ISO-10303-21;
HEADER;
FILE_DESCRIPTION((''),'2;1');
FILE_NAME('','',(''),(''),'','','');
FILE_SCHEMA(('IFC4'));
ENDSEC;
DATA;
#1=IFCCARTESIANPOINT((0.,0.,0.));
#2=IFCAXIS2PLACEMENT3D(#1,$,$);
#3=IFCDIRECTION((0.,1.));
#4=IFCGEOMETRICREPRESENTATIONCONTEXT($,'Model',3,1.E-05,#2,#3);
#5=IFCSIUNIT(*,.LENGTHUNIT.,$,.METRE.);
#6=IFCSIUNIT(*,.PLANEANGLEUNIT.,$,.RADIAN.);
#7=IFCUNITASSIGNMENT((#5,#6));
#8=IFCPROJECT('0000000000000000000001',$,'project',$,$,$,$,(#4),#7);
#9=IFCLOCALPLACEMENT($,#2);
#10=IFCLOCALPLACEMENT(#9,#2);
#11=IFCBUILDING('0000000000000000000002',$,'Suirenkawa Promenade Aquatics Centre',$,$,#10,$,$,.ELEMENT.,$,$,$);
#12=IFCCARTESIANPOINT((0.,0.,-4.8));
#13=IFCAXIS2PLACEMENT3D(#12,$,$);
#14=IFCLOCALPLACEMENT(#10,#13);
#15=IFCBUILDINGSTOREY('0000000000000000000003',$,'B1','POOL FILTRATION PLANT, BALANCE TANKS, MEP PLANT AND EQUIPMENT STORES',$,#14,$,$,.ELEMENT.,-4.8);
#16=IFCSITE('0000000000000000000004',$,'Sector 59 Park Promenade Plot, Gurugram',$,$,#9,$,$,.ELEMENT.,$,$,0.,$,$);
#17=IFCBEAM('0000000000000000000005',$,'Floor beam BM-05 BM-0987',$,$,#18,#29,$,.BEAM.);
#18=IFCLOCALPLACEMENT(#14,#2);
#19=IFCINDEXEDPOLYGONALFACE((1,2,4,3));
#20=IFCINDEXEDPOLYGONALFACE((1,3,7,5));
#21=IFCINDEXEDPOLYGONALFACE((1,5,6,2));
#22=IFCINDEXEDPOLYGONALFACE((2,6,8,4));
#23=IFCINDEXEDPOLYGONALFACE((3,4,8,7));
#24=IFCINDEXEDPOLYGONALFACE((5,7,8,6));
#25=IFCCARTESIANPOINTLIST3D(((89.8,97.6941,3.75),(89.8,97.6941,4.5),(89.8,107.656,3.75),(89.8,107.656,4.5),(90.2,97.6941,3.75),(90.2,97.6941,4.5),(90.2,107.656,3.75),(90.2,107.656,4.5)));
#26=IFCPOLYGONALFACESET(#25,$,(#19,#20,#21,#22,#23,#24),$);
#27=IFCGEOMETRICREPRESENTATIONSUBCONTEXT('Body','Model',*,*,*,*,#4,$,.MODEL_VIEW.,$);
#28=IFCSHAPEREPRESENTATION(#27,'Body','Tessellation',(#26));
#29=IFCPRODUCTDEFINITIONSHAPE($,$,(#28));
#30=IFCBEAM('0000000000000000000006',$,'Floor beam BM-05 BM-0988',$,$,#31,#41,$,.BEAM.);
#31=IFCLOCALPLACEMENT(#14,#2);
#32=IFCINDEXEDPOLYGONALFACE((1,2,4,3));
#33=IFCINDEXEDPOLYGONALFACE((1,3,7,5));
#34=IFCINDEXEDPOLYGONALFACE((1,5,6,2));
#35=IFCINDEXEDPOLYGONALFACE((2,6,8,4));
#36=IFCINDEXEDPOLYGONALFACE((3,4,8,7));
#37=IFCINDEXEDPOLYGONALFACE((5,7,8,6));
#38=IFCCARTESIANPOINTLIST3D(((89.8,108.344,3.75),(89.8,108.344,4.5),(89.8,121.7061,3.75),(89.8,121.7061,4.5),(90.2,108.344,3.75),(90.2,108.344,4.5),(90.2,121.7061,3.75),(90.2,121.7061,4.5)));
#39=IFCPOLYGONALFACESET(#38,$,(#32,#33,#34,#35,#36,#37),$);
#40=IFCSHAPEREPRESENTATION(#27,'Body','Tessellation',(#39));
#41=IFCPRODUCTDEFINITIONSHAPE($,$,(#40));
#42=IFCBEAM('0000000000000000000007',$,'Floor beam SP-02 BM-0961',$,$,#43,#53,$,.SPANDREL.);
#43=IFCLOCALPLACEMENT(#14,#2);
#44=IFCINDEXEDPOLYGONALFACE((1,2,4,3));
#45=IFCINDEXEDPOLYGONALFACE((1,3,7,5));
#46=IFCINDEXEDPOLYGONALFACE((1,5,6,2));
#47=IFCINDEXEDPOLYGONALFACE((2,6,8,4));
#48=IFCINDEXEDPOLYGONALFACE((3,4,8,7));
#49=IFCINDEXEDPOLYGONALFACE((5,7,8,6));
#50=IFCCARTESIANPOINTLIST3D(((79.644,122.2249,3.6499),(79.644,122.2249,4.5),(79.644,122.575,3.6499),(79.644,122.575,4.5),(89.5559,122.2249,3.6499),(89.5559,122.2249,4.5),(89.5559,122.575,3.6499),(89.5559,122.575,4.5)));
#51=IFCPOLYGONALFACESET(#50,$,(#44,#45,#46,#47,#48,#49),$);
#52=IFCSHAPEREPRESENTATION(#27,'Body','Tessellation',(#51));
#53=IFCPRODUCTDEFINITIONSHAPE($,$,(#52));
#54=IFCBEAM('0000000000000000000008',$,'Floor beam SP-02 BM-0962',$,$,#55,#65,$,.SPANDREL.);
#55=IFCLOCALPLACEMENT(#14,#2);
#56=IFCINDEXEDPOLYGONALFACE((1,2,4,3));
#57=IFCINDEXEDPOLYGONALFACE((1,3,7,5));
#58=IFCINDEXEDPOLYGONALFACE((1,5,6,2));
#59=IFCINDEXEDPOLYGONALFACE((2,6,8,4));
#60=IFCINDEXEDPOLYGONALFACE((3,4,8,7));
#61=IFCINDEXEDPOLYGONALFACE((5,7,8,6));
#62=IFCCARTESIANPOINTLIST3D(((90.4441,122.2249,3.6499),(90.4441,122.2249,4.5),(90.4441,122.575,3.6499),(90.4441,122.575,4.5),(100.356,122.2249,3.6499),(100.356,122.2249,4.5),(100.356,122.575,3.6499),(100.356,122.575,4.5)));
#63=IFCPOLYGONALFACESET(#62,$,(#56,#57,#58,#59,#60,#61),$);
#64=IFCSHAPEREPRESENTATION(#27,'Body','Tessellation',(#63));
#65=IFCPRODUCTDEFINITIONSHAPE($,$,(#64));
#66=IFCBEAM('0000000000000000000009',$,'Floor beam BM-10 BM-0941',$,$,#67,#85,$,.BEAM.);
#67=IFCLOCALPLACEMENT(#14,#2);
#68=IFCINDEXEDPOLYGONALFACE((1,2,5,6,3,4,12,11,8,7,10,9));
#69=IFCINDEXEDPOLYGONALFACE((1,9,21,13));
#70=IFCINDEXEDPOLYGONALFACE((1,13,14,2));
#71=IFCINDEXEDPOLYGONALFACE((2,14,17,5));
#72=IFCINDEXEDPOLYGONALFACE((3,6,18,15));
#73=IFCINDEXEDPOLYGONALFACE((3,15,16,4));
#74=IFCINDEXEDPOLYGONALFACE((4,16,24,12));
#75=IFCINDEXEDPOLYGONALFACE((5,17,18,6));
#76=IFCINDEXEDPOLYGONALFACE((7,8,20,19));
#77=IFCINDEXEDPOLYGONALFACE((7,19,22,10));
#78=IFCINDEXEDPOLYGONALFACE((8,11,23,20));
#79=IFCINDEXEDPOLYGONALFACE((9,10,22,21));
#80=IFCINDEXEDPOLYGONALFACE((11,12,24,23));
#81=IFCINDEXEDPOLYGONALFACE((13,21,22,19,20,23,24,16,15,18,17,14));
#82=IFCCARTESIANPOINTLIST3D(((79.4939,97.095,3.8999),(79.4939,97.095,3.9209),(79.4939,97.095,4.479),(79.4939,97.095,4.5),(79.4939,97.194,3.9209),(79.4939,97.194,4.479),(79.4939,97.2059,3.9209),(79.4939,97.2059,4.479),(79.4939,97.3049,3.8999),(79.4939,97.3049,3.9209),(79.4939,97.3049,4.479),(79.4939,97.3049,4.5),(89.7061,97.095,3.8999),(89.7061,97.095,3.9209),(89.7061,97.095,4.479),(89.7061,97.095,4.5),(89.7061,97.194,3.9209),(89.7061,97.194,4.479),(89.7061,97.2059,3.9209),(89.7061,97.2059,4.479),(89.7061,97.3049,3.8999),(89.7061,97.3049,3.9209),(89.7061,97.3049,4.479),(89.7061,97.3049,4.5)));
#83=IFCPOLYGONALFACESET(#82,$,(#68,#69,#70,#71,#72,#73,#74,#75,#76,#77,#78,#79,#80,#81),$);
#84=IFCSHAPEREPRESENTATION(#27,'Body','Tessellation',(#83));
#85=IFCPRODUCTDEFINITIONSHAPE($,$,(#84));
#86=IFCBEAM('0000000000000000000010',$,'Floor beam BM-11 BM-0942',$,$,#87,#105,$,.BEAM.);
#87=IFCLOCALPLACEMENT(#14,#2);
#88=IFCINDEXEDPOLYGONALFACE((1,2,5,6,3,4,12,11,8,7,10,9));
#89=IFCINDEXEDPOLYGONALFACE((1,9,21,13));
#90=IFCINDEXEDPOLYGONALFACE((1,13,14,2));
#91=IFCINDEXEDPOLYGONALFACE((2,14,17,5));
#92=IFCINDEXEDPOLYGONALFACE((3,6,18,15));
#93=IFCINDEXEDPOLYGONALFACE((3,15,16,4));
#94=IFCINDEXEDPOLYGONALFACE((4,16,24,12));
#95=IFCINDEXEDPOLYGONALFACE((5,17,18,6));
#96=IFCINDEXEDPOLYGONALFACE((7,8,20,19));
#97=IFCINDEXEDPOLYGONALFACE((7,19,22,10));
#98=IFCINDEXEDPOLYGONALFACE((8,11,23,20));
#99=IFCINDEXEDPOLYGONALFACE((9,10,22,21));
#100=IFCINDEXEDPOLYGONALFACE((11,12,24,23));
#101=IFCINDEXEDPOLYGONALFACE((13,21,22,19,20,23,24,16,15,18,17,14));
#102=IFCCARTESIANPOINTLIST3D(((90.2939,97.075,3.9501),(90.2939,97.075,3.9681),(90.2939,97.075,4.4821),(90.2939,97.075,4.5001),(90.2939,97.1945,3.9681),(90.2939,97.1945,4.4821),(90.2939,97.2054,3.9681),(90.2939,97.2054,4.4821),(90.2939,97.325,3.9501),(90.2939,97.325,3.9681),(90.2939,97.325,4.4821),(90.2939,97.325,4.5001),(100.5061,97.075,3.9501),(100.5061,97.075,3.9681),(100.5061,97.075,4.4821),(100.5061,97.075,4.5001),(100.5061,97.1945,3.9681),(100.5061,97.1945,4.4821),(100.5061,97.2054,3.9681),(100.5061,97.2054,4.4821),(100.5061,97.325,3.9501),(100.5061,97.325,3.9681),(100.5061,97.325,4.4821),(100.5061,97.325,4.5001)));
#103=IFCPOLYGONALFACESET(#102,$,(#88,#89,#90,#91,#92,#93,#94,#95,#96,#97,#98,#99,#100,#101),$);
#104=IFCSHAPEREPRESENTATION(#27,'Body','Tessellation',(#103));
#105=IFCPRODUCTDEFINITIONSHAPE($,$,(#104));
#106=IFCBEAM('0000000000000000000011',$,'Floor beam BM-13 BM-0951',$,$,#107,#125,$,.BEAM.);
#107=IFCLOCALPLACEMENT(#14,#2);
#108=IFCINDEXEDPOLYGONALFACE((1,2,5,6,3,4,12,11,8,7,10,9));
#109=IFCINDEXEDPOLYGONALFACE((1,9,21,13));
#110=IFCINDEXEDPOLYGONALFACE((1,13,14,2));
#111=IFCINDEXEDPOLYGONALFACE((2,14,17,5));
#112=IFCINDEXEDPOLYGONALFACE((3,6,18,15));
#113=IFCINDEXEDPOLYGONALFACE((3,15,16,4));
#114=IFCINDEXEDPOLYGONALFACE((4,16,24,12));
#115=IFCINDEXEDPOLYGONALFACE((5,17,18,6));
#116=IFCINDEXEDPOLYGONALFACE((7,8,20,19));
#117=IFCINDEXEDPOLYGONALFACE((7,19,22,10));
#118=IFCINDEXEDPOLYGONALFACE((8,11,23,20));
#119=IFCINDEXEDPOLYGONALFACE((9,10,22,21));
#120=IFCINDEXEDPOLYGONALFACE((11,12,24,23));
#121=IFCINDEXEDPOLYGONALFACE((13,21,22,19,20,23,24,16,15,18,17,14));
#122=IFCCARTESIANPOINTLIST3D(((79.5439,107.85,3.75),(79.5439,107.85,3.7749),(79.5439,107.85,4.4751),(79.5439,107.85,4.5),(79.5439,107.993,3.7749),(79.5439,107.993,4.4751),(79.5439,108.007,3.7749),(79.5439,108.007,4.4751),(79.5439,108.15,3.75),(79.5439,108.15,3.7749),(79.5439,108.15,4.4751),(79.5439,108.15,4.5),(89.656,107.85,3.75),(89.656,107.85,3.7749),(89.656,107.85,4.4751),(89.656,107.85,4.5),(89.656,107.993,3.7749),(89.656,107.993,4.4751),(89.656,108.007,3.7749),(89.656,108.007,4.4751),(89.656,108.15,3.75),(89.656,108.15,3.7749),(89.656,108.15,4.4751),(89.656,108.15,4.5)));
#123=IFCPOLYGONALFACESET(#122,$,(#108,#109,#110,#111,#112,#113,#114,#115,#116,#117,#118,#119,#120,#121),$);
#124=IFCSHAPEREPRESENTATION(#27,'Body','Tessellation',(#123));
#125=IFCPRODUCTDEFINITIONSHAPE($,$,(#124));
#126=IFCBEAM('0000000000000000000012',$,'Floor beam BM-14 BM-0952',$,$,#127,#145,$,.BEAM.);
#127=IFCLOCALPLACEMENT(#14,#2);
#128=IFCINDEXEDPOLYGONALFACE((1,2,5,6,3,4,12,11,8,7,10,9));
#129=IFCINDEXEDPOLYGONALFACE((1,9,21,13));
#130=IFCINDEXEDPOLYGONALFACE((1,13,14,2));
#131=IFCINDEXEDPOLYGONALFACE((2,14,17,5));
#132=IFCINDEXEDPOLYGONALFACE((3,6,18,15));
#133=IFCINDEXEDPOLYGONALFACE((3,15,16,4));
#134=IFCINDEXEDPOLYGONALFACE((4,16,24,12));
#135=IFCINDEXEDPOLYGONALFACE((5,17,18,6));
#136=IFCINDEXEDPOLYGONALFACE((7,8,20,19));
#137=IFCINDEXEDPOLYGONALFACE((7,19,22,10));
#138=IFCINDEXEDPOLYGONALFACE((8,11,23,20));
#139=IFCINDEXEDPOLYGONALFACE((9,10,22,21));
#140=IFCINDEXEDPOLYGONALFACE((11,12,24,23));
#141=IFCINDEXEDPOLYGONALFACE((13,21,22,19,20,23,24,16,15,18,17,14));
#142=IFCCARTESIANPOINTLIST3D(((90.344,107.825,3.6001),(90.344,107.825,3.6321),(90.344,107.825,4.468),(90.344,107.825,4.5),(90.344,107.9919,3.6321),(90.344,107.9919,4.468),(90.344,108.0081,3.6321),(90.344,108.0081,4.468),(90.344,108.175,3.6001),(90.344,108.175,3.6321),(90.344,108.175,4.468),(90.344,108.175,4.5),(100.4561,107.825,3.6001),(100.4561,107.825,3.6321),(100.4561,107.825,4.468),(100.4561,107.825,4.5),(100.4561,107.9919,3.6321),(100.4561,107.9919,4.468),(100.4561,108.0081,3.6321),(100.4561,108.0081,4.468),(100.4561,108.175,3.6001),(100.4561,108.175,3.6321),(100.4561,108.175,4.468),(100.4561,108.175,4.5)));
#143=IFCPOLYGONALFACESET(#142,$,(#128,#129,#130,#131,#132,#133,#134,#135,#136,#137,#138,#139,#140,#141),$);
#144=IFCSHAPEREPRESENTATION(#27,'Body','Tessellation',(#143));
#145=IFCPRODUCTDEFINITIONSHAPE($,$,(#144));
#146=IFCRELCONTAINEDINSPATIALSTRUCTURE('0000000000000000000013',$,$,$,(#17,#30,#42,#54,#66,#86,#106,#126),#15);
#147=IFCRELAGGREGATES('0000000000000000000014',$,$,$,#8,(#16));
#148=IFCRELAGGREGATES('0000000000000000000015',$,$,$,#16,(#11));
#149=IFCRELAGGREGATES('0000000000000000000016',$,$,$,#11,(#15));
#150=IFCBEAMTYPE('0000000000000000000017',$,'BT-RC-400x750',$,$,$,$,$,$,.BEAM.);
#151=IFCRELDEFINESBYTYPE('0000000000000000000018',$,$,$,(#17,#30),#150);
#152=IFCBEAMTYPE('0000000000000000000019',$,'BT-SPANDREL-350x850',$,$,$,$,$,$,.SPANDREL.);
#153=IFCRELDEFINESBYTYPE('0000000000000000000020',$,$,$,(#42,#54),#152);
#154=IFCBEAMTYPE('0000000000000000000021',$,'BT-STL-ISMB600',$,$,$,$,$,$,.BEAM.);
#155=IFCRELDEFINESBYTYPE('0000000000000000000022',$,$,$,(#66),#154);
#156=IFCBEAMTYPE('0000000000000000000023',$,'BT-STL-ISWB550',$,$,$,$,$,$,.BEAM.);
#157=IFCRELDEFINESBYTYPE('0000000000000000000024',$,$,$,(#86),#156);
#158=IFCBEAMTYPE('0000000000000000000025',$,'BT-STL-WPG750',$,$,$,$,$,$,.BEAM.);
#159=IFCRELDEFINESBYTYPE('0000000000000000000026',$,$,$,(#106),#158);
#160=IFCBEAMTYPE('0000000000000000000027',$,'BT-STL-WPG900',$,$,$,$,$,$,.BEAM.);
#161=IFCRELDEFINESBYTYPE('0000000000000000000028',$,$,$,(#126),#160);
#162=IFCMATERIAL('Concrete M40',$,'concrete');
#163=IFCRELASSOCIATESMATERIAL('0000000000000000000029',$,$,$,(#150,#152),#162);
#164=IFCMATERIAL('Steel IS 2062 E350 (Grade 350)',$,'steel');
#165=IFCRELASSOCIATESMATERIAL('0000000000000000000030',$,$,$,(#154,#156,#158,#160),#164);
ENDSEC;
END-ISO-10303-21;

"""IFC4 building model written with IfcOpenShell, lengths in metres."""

from ifc_helpers import new_model, si_unit, direction, frame, origin, origin_2d, place, context, subcontext, project, spatial, rectangle, i_section, extrude, material, material_profile, profile_set, type_object, element, save


model = new_model("IFC4")

# Units and contexts
model_context = context("Model", 3, precision=1e-05, world=origin(), true_north=direction((0.0, 1.0)))
body_context = subcontext(model_context, "Body", "Model", "MODEL_VIEW")
ifc_project = project(units=[si_unit("LENGTHUNIT", "METRE"), si_unit("PLANEANGLEUNIT", "RADIAN")], contexts=[model_context])

# Site, building, storey
site_placement = place(None, origin())
site = spatial("IfcSite", under=ifc_project, at=site_placement, Name="Sector 59 Park Promenade Plot, Gurugram", CompositionType="ELEMENT", RefElevation=0.0)
building_placement = place(site_placement, origin())
building = spatial("IfcBuilding", under=site, at=building_placement, Name="Suirenkawa Promenade Aquatics Centre", CompositionType="ELEMENT")
storey_placement = place(building_placement, frame((0.0, 0.0, -4.8)))
storey = spatial("IfcBuildingStorey", under=building, at=storey_placement, Name="B1", Description="POOL FILTRATION PLANT, BALANCE TANKS, MEP PLANT AND EQUIPMENT STORES", CompositionType="ELEMENT", Elevation=-4.8)

# Shared definitions
ifc_material_1 = material(Name="Concrete M40", Category="concrete")

# Beams
ifc_material_2 = material(Name="Steel IS 2062 E350 (Grade 350)", Category="steel")
ifc_material_profile_1 = material_profile(ifc_material_1, rectangle(XDim=0.3999, YDim=0.75, at=origin_2d()), Name="RC BM 400x750", Category="concrete")
ifc_profile_set_1 = profile_set([ifc_material_profile_1], Name="Concrete M40")
beam_type_1 = type_object("IfcBeamType", Name="BT-RC-400x750", PredefinedType="BEAM", material=ifc_profile_set_1)
beam_1_placement = place(storey_placement, frame((90.0, 97.6941, 4.125), z_axis=(0.0, 1.0, 0.0), x_axis=(-1.0, 0.0, 0.0)))
element("IfcBeam", 1, at=beam_1_placement, inside=storey, type_object=beam_type_1, Name="Floor beam BM-05 BM-0987", PredefinedType="BEAM", context=body_context, shape_type="SweptSolid", body=[
    extrude(rectangle(XDim=0.3999, YDim=0.75, at=origin_2d()), origin(), (0.0, 0.0, 1.0), 9.9619),
])
beam_2_placement = place(storey_placement, frame((90.0, 108.344, 4.125), z_axis=(0.0, 1.0, 0.0), x_axis=(-1.0, 0.0, 0.0)))
element("IfcBeam", 2, at=beam_2_placement, inside=storey, type_object=beam_type_1, Name="Floor beam BM-05 BM-0988", PredefinedType="BEAM", context=body_context, shape_type="SweptSolid", body=[
    extrude(rectangle(XDim=0.3999, YDim=0.75, at=origin_2d()), origin(), (0.0, 0.0, 1.0), 13.3621),
])
ifc_material_profile_2 = material_profile(ifc_material_1, rectangle(XDim=0.3501, YDim=0.8501, at=origin_2d()), Name="RC SPANDREL 350x850", Category="concrete")
ifc_profile_set_2 = profile_set([ifc_material_profile_2], Name="Concrete M40")
beam_type_2 = type_object("IfcBeamType", Name="BT-SPANDREL-350x850", PredefinedType="SPANDREL", material=ifc_profile_set_2)
for number, where, z_axis, x_axis, name in (
    (3, (79.644, 122.3999, 4.075), (1.0, 0.0, 0.0), (0.0, 1.0, 0.0), "Floor beam SP-02 BM-0961"),
    (4, (90.4441, 122.3999, 4.075), (1.0, 0.0, 0.0), (0.0, 1.0, 0.0), "Floor beam SP-02 BM-0962"),
):
    element("IfcBeam", number, at=place(storey_placement, frame(where, z_axis=z_axis, x_axis=x_axis)), inside=storey, type_object=beam_type_2, Name=name, PredefinedType="SPANDREL", context=body_context, shape_type="SweptSolid", body=[
        extrude(rectangle(XDim=0.3501, YDim=0.8501, at=origin_2d()), origin(), (0.0, 0.0, 1.0), 9.9119),
    ])
ifc_material_profile_3 = material_profile(ifc_material_2, i_section(OverallWidth=0.21, OverallDepth=0.6001, WebThickness=0.012, FlangeThickness=0.021, at=origin_2d()), Name="ISMB 600", Category="steel")
ifc_profile_set_3 = profile_set([ifc_material_profile_3], Name="Steel IS 2062 E350 (Grade 350)")
beam_type_3 = type_object("IfcBeamType", Name="BT-STL-ISMB600", PredefinedType="BEAM", material=ifc_profile_set_3)
beam_3_placement = place(storey_placement, frame((79.4939, 97.2, 4.2), z_axis=(1.0, 0.0, 0.0), x_axis=(0.0, 1.0, 0.0)))
element("IfcBeam", 5, at=beam_3_placement, inside=storey, type_object=beam_type_3, Name="Floor beam BM-10 BM-0941", PredefinedType="BEAM", context=body_context, shape_type="SweptSolid", body=[
    extrude(i_section(OverallWidth=0.21, OverallDepth=0.6001, WebThickness=0.012, FlangeThickness=0.021, at=origin_2d()), origin(), (0.0, 0.0, 1.0), 10.2122),
])
ifc_material_profile_4 = material_profile(ifc_material_2, i_section(OverallWidth=0.25, OverallDepth=0.55, WebThickness=0.011, FlangeThickness=0.0181, at=origin_2d()), Name="ISWB 550", Category="steel")
ifc_profile_set_4 = profile_set([ifc_material_profile_4], Name="Steel IS 2062 E350 (Grade 350)")
beam_type_4 = type_object("IfcBeamType", Name="BT-STL-ISWB550", PredefinedType="BEAM", material=ifc_profile_set_4)
beam_4_placement = place(storey_placement, frame((90.2939, 97.2, 4.2251), z_axis=(1.0, 0.0, 0.0), x_axis=(0.0, 1.0, 0.0)))
element("IfcBeam", 6, at=beam_4_placement, inside=storey, type_object=beam_type_4, Name="Floor beam BM-11 BM-0942", PredefinedType="BEAM", context=body_context, shape_type="SweptSolid", body=[
    extrude(i_section(OverallWidth=0.25, OverallDepth=0.55, WebThickness=0.011, FlangeThickness=0.0181, at=origin_2d()), origin(), (0.0, 0.0, 1.0), 10.2122),
])
ifc_material_profile_5 = material_profile(ifc_material_2, i_section(OverallWidth=0.3, OverallDepth=0.75, WebThickness=0.0139, FlangeThickness=0.0249, at=origin_2d()), Name="WPG 750x300", Category="steel")
ifc_profile_set_5 = profile_set([ifc_material_profile_5], Name="Steel IS 2062 E350 (Grade 350)")
beam_type_5 = type_object("IfcBeamType", Name="BT-STL-WPG750", PredefinedType="BEAM", material=ifc_profile_set_5)
beam_5_placement = place(storey_placement, frame((79.5439, 108.0, 4.125), z_axis=(1.0, 0.0, 0.0), x_axis=(0.0, 1.0, 0.0)))
element("IfcBeam", 7, at=beam_5_placement, inside=storey, type_object=beam_type_5, Name="Floor beam BM-13 BM-0951", PredefinedType="BEAM", context=body_context, shape_type="SweptSolid", body=[
    extrude(i_section(OverallWidth=0.3, OverallDepth=0.75, WebThickness=0.0139, FlangeThickness=0.0249, at=origin_2d()), origin(), (0.0, 0.0, 1.0), 10.1121),
])
ifc_material_profile_6 = material_profile(ifc_material_2, i_section(OverallWidth=0.3501, OverallDepth=0.8999, WebThickness=0.0161, FlangeThickness=0.032, at=origin_2d()), Name="WPG 900x350", Category="steel")
ifc_profile_set_6 = profile_set([ifc_material_profile_6], Name="Steel IS 2062 E350 (Grade 350)")
beam_type_6 = type_object("IfcBeamType", Name="BT-STL-WPG900", PredefinedType="BEAM", material=ifc_profile_set_6)
beam_6_placement = place(storey_placement, frame((90.344, 108.0, 4.05), z_axis=(1.0, 0.0, 0.0), x_axis=(0.0, 1.0, 0.0)))
element("IfcBeam", 8, at=beam_6_placement, inside=storey, type_object=beam_type_6, Name="Floor beam BM-14 BM-0952", PredefinedType="BEAM", context=body_context, shape_type="SweptSolid", body=[
    extrude(i_section(OverallWidth=0.3501, OverallDepth=0.8999, WebThickness=0.0161, FlangeThickness=0.032, at=origin_2d()), origin(), (0.0, 0.0, 1.0), 10.1121),
])

save(model, "model.ifc")
